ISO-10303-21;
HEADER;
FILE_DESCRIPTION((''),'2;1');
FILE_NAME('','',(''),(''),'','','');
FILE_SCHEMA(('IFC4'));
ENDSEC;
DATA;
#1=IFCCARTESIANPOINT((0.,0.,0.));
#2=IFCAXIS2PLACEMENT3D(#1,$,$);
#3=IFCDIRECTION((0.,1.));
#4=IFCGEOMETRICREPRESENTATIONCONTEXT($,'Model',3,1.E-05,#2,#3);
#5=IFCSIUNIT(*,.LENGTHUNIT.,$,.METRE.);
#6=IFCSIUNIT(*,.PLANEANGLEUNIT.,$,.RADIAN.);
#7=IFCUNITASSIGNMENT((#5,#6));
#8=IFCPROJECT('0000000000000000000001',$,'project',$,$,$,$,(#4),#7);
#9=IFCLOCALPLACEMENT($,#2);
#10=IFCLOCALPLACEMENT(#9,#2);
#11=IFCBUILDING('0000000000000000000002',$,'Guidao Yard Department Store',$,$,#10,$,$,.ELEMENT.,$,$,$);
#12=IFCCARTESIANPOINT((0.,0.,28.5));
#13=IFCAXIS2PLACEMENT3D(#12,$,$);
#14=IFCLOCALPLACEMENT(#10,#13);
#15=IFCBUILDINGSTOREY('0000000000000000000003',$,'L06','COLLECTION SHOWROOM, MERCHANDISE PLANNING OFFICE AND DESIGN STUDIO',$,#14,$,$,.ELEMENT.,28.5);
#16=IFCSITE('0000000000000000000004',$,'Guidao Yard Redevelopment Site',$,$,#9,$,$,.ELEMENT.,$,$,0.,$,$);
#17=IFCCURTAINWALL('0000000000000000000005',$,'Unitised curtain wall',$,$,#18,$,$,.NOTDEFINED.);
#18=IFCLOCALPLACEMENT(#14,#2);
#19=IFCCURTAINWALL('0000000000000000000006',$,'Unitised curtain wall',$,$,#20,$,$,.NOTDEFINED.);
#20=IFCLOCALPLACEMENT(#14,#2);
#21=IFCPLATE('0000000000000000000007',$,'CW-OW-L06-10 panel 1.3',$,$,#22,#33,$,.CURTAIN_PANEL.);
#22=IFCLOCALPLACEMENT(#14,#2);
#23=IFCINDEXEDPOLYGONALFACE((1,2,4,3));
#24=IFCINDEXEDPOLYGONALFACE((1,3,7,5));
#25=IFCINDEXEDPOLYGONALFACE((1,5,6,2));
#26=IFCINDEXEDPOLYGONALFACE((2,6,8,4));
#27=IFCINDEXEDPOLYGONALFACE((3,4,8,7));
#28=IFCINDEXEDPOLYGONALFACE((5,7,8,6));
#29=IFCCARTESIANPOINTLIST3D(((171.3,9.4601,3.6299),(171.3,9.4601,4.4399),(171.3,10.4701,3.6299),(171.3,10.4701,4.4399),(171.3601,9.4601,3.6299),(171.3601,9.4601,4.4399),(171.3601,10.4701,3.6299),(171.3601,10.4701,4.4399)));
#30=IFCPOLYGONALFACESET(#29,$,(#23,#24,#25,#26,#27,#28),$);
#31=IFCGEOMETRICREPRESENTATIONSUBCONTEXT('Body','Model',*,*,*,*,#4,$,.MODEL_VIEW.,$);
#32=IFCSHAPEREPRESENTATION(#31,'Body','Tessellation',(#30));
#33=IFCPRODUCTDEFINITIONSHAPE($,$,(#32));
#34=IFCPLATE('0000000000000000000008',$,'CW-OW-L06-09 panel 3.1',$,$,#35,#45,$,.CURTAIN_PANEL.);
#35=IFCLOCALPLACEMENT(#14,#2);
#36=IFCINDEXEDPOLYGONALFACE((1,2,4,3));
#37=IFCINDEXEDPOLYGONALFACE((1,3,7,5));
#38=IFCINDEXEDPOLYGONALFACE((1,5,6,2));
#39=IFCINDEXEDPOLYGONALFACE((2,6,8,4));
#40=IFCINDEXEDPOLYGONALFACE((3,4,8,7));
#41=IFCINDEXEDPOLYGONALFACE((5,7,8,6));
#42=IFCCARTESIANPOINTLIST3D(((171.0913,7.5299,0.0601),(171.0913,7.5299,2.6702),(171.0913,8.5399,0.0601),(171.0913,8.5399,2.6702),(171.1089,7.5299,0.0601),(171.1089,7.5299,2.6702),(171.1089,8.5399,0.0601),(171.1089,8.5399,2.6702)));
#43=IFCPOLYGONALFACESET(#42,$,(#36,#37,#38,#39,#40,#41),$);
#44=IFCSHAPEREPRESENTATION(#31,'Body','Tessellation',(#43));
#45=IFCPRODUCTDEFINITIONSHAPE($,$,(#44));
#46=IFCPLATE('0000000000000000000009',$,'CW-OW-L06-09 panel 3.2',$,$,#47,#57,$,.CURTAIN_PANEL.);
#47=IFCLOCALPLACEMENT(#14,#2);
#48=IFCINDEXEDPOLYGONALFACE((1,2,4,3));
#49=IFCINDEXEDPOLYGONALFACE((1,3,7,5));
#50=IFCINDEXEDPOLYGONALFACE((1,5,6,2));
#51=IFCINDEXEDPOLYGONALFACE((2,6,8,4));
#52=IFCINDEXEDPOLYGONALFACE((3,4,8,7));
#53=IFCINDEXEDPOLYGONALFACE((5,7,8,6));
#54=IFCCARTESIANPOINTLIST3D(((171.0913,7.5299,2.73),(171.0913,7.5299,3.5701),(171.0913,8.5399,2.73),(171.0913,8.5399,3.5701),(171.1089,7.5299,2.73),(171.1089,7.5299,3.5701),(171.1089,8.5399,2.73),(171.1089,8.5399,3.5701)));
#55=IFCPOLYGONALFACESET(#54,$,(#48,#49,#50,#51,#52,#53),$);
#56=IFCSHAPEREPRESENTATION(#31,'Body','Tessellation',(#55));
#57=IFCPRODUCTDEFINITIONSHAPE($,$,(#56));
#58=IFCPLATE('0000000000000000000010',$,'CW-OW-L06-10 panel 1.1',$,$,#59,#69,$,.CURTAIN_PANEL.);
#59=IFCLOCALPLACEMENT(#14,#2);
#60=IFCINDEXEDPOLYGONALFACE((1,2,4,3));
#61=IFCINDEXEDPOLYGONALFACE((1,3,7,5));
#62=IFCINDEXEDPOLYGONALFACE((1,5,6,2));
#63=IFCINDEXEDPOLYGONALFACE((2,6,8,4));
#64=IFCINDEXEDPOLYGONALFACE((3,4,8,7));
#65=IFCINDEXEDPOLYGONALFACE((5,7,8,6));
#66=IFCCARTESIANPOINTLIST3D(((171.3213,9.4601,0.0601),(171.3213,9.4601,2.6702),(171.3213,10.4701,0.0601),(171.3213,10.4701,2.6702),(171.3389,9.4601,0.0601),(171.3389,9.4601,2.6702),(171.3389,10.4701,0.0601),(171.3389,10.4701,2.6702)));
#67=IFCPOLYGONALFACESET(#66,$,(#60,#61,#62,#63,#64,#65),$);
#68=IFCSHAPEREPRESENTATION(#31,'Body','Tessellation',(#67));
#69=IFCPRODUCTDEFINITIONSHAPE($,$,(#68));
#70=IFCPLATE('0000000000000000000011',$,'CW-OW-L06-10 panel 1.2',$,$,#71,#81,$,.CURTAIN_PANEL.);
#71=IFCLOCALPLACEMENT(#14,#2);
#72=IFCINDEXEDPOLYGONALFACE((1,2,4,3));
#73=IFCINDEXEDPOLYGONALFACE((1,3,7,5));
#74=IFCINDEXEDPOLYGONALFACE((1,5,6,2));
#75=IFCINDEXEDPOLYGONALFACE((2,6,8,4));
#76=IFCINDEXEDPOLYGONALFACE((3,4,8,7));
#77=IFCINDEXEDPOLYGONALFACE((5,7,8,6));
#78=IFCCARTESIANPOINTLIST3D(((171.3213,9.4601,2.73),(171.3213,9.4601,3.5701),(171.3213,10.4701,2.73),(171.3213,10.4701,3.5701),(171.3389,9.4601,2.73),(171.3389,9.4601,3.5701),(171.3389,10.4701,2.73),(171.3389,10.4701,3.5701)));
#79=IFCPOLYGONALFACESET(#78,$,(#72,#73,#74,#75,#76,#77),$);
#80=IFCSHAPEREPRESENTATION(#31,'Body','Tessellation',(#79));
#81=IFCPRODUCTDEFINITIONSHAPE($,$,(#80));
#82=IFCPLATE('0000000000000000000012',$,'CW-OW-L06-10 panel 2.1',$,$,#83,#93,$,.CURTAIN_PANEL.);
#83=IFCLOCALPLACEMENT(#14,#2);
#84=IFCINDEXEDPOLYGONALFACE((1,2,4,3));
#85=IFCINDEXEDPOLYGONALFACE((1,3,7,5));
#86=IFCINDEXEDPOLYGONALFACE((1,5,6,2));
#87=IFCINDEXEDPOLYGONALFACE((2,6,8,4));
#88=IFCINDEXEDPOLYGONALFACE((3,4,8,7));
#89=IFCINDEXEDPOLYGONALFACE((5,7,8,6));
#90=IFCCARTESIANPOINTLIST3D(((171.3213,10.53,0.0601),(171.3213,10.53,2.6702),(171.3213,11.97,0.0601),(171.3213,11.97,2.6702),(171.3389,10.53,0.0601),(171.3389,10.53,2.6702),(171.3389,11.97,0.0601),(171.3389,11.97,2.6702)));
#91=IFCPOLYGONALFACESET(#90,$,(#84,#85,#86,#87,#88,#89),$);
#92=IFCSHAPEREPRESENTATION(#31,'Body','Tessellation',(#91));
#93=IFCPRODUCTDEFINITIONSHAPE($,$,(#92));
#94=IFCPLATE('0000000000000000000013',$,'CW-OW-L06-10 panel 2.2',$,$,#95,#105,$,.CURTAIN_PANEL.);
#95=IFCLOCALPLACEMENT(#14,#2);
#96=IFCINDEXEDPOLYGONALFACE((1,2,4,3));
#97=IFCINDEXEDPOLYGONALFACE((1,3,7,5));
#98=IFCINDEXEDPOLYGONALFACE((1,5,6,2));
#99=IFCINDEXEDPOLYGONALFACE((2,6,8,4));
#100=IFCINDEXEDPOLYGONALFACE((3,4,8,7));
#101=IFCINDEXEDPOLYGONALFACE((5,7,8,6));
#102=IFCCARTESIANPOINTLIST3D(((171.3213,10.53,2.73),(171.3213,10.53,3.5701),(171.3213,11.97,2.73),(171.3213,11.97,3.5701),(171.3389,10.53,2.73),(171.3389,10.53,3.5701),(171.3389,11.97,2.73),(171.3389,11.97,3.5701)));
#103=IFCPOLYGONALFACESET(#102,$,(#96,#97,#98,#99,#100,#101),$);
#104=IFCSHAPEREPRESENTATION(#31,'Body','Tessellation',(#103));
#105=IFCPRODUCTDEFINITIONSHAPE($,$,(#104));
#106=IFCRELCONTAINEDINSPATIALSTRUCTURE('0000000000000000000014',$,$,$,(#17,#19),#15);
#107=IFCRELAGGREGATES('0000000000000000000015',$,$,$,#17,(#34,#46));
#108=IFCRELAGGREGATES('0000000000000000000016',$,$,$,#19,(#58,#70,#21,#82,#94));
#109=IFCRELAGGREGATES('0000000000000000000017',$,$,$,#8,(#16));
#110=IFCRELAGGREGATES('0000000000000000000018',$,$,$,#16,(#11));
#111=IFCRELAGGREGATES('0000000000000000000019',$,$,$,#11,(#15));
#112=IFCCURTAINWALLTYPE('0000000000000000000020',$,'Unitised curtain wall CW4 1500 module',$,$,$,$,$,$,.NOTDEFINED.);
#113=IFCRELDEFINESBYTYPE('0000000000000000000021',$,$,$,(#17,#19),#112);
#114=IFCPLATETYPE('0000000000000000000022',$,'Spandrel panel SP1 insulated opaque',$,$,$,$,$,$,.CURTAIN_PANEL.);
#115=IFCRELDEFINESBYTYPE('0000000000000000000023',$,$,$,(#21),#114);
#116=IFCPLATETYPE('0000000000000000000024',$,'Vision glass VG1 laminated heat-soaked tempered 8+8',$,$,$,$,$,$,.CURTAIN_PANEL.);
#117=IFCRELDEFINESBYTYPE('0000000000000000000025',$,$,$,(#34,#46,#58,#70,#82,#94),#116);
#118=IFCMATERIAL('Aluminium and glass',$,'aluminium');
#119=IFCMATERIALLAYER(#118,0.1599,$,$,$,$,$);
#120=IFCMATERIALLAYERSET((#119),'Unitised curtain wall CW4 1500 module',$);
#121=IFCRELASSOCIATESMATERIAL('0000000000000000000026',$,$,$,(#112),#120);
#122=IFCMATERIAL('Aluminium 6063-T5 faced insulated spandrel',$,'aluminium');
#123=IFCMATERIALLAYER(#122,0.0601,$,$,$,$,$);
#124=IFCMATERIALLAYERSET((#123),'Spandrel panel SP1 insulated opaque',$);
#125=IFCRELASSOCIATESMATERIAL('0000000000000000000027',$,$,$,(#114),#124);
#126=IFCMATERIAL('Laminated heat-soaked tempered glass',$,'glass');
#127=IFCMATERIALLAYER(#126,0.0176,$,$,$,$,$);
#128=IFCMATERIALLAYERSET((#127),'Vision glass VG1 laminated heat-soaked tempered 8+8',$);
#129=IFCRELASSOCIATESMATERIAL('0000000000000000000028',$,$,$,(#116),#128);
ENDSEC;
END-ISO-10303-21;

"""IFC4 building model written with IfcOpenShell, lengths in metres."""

from ifc_helpers import new_model, si_unit, direction, frame, origin, origin_2d, place, context, subcontext, project, spatial, rectangle, extrude, material, layer, layer_set, type_object, element, aggregate, save


model = new_model("IFC4")

# Units and contexts
model_context = context("Model", 3, precision=1e-05, world=origin(), true_north=direction((0.0, 1.0)))
body_context = subcontext(model_context, "Body", "Model", "MODEL_VIEW")
ifc_project = project(units=[si_unit("LENGTHUNIT", "METRE"), si_unit("PLANEANGLEUNIT", "RADIAN")], contexts=[model_context])

# Site, building, storey
site_placement = place(None, origin())
site = spatial("IfcSite", under=ifc_project, at=site_placement, Name="Guidao Yard Redevelopment Site", CompositionType="ELEMENT", RefElevation=0.0)
building_placement = place(site_placement, origin())
building = spatial("IfcBuilding", under=site, at=building_placement, Name="Guidao Yard Department Store", CompositionType="ELEMENT")
storey_placement = place(building_placement, frame((0.0, 0.0, 28.5)))
storey = spatial("IfcBuildingStorey", under=building, at=storey_placement, Name="L06", Description="COLLECTION SHOWROOM, MERCHANDISE PLANNING OFFICE AND DESIGN STUDIO", CompositionType="ELEMENT", Elevation=28.5)

# Curtain wall
ifc_material_1 = material(Name="Aluminium and glass", Category="aluminium")
ifc_layer_1 = layer(ifc_material_1, 0.1599)
ifc_layer_set_1 = layer_set([ifc_layer_1], Name="Unitised curtain wall CW4 1500 module")
curtain_wall_type = type_object("IfcCurtainWallType", Name="Unitised curtain wall CW4 1500 module", PredefinedType="NOTDEFINED", material=ifc_layer_set_1)
curtain_wall_1_placement = place(storey_placement, origin())
curtain_wall_1 = element("IfcCurtainWall", 1, at=curtain_wall_1_placement, inside=storey, type_object=curtain_wall_type, Name="Unitised curtain wall", PredefinedType="NOTDEFINED")

# Curtain wall
curtain_wall_2_placement = place(storey_placement, origin())
curtain_wall_2 = element("IfcCurtainWall", 2, at=curtain_wall_2_placement, inside=storey, type_object=curtain_wall_type, Name="Unitised curtain wall", PredefinedType="NOTDEFINED")

# Plates
ifc_material_2 = material(Name="Aluminium 6063-T5 faced insulated spandrel", Category="aluminium")
ifc_layer_2 = layer(ifc_material_2, 0.0601)
ifc_layer_set_2 = layer_set([ifc_layer_2], Name="Spandrel panel SP1 insulated opaque")
plate_type_1 = type_object("IfcPlateType", Name="Spandrel panel SP1 insulated opaque", PredefinedType="CURTAIN_PANEL", material=ifc_layer_set_2)
plate_1_placement = place(storey_placement, frame((171.3301, 9.9651, 3.6299), z_axis=(0.0, 0.0, 1.0), x_axis=(0.0, -1.0, 0.0)))
plate_1 = element("IfcPlate", 3, at=plate_1_placement, type_object=plate_type_1, Name="CW-OW-L06-10 panel 1.3", PredefinedType="CURTAIN_PANEL", context=body_context, shape_type="SweptSolid", body=[
    extrude(rectangle(XDim=1.01, YDim=0.0601, at=origin_2d()), origin(), (0.0, 0.0, 1.0), 0.8101),
])
ifc_material_3 = material(Name="Laminated heat-soaked tempered glass", Category="glass")
ifc_layer_3 = layer(ifc_material_3, 0.0176)
ifc_layer_set_3 = layer_set([ifc_layer_3], Name="Vision glass VG1 laminated heat-soaked tempered 8+8")
plate_type_2 = type_object("IfcPlateType", Name="Vision glass VG1 laminated heat-soaked tempered 8+8", PredefinedType="CURTAIN_PANEL", material=ifc_layer_set_3)
plate_2_placement = place(storey_placement, frame((171.1001, 8.0349, 0.0601), z_axis=(0.0, 0.0, 1.0), x_axis=(0.0, -1.0, 0.0)))
plate_2 = element("IfcPlate", 4, at=plate_2_placement, type_object=plate_type_2, Name="CW-OW-L06-09 panel 3.1", PredefinedType="CURTAIN_PANEL", context=body_context, shape_type="SweptSolid", body=[
    extrude(rectangle(XDim=1.01, YDim=0.0176, at=origin_2d()), origin(), (0.0, 0.0, 1.0), 2.6101),
])
plate_3_placement = place(storey_placement, frame((171.1001, 8.0349, 2.73), z_axis=(0.0, 0.0, 1.0), x_axis=(0.0, -1.0, 0.0)))
plate_3 = element("IfcPlate", 5, at=plate_3_placement, type_object=plate_type_2, Name="CW-OW-L06-09 panel 3.2", PredefinedType="CURTAIN_PANEL", context=body_context, shape_type="SweptSolid", body=[
    extrude(rectangle(XDim=1.01, YDim=0.0176, at=origin_2d()), origin(), (0.0, 0.0, 1.0), 0.8401),
])
aggregate(curtain_wall_1, [plate_2, plate_3])
plate_4_placement = place(storey_placement, frame((171.3301, 9.9651, 0.0601), z_axis=(0.0, 0.0, 1.0), x_axis=(0.0, -1.0, 0.0)))
plate_4 = element("IfcPlate", 6, at=plate_4_placement, type_object=plate_type_2, Name="CW-OW-L06-10 panel 1.1", PredefinedType="CURTAIN_PANEL", context=body_context, shape_type="SweptSolid", body=[
    extrude(rectangle(XDim=1.01, YDim=0.0176, at=origin_2d()), origin(), (0.0, 0.0, 1.0), 2.6101),
])
plate_5_placement = place(storey_placement, frame((171.3301, 9.9651, 2.73), z_axis=(0.0, 0.0, 1.0), x_axis=(0.0, -1.0, 0.0)))
plate_5 = element("IfcPlate", 7, at=plate_5_placement, type_object=plate_type_2, Name="CW-OW-L06-10 panel 1.2", PredefinedType="CURTAIN_PANEL", context=body_context, shape_type="SweptSolid", body=[
    extrude(rectangle(XDim=1.01, YDim=0.0176, at=origin_2d()), origin(), (0.0, 0.0, 1.0), 0.8401),
])
plate_6_placement = place(storey_placement, frame((171.3301, 11.25, 0.0601), z_axis=(0.0, 0.0, 1.0), x_axis=(0.0, -1.0, 0.0)))
plate_6 = element("IfcPlate", 8, at=plate_6_placement, type_object=plate_type_2, Name="CW-OW-L06-10 panel 2.1", PredefinedType="CURTAIN_PANEL", context=body_context, shape_type="SweptSolid", body=[
    extrude(rectangle(XDim=1.4399, YDim=0.0176, at=origin_2d()), origin(), (0.0, 0.0, 1.0), 2.6101),
])
plate_7_placement = place(storey_placement, frame((171.3301, 11.25, 2.73), z_axis=(0.0, 0.0, 1.0), x_axis=(0.0, -1.0, 0.0)))
plate_7 = element("IfcPlate", 9, at=plate_7_placement, type_object=plate_type_2, Name="CW-OW-L06-10 panel 2.2", PredefinedType="CURTAIN_PANEL", context=body_context, shape_type="SweptSolid", body=[
    extrude(rectangle(XDim=1.4399, YDim=0.0176, at=origin_2d()), origin(), (0.0, 0.0, 1.0), 0.8401),
])
aggregate(curtain_wall_2, [plate_4, plate_5, plate_1, plate_6, plate_7])

save(model, "model.ifc")
